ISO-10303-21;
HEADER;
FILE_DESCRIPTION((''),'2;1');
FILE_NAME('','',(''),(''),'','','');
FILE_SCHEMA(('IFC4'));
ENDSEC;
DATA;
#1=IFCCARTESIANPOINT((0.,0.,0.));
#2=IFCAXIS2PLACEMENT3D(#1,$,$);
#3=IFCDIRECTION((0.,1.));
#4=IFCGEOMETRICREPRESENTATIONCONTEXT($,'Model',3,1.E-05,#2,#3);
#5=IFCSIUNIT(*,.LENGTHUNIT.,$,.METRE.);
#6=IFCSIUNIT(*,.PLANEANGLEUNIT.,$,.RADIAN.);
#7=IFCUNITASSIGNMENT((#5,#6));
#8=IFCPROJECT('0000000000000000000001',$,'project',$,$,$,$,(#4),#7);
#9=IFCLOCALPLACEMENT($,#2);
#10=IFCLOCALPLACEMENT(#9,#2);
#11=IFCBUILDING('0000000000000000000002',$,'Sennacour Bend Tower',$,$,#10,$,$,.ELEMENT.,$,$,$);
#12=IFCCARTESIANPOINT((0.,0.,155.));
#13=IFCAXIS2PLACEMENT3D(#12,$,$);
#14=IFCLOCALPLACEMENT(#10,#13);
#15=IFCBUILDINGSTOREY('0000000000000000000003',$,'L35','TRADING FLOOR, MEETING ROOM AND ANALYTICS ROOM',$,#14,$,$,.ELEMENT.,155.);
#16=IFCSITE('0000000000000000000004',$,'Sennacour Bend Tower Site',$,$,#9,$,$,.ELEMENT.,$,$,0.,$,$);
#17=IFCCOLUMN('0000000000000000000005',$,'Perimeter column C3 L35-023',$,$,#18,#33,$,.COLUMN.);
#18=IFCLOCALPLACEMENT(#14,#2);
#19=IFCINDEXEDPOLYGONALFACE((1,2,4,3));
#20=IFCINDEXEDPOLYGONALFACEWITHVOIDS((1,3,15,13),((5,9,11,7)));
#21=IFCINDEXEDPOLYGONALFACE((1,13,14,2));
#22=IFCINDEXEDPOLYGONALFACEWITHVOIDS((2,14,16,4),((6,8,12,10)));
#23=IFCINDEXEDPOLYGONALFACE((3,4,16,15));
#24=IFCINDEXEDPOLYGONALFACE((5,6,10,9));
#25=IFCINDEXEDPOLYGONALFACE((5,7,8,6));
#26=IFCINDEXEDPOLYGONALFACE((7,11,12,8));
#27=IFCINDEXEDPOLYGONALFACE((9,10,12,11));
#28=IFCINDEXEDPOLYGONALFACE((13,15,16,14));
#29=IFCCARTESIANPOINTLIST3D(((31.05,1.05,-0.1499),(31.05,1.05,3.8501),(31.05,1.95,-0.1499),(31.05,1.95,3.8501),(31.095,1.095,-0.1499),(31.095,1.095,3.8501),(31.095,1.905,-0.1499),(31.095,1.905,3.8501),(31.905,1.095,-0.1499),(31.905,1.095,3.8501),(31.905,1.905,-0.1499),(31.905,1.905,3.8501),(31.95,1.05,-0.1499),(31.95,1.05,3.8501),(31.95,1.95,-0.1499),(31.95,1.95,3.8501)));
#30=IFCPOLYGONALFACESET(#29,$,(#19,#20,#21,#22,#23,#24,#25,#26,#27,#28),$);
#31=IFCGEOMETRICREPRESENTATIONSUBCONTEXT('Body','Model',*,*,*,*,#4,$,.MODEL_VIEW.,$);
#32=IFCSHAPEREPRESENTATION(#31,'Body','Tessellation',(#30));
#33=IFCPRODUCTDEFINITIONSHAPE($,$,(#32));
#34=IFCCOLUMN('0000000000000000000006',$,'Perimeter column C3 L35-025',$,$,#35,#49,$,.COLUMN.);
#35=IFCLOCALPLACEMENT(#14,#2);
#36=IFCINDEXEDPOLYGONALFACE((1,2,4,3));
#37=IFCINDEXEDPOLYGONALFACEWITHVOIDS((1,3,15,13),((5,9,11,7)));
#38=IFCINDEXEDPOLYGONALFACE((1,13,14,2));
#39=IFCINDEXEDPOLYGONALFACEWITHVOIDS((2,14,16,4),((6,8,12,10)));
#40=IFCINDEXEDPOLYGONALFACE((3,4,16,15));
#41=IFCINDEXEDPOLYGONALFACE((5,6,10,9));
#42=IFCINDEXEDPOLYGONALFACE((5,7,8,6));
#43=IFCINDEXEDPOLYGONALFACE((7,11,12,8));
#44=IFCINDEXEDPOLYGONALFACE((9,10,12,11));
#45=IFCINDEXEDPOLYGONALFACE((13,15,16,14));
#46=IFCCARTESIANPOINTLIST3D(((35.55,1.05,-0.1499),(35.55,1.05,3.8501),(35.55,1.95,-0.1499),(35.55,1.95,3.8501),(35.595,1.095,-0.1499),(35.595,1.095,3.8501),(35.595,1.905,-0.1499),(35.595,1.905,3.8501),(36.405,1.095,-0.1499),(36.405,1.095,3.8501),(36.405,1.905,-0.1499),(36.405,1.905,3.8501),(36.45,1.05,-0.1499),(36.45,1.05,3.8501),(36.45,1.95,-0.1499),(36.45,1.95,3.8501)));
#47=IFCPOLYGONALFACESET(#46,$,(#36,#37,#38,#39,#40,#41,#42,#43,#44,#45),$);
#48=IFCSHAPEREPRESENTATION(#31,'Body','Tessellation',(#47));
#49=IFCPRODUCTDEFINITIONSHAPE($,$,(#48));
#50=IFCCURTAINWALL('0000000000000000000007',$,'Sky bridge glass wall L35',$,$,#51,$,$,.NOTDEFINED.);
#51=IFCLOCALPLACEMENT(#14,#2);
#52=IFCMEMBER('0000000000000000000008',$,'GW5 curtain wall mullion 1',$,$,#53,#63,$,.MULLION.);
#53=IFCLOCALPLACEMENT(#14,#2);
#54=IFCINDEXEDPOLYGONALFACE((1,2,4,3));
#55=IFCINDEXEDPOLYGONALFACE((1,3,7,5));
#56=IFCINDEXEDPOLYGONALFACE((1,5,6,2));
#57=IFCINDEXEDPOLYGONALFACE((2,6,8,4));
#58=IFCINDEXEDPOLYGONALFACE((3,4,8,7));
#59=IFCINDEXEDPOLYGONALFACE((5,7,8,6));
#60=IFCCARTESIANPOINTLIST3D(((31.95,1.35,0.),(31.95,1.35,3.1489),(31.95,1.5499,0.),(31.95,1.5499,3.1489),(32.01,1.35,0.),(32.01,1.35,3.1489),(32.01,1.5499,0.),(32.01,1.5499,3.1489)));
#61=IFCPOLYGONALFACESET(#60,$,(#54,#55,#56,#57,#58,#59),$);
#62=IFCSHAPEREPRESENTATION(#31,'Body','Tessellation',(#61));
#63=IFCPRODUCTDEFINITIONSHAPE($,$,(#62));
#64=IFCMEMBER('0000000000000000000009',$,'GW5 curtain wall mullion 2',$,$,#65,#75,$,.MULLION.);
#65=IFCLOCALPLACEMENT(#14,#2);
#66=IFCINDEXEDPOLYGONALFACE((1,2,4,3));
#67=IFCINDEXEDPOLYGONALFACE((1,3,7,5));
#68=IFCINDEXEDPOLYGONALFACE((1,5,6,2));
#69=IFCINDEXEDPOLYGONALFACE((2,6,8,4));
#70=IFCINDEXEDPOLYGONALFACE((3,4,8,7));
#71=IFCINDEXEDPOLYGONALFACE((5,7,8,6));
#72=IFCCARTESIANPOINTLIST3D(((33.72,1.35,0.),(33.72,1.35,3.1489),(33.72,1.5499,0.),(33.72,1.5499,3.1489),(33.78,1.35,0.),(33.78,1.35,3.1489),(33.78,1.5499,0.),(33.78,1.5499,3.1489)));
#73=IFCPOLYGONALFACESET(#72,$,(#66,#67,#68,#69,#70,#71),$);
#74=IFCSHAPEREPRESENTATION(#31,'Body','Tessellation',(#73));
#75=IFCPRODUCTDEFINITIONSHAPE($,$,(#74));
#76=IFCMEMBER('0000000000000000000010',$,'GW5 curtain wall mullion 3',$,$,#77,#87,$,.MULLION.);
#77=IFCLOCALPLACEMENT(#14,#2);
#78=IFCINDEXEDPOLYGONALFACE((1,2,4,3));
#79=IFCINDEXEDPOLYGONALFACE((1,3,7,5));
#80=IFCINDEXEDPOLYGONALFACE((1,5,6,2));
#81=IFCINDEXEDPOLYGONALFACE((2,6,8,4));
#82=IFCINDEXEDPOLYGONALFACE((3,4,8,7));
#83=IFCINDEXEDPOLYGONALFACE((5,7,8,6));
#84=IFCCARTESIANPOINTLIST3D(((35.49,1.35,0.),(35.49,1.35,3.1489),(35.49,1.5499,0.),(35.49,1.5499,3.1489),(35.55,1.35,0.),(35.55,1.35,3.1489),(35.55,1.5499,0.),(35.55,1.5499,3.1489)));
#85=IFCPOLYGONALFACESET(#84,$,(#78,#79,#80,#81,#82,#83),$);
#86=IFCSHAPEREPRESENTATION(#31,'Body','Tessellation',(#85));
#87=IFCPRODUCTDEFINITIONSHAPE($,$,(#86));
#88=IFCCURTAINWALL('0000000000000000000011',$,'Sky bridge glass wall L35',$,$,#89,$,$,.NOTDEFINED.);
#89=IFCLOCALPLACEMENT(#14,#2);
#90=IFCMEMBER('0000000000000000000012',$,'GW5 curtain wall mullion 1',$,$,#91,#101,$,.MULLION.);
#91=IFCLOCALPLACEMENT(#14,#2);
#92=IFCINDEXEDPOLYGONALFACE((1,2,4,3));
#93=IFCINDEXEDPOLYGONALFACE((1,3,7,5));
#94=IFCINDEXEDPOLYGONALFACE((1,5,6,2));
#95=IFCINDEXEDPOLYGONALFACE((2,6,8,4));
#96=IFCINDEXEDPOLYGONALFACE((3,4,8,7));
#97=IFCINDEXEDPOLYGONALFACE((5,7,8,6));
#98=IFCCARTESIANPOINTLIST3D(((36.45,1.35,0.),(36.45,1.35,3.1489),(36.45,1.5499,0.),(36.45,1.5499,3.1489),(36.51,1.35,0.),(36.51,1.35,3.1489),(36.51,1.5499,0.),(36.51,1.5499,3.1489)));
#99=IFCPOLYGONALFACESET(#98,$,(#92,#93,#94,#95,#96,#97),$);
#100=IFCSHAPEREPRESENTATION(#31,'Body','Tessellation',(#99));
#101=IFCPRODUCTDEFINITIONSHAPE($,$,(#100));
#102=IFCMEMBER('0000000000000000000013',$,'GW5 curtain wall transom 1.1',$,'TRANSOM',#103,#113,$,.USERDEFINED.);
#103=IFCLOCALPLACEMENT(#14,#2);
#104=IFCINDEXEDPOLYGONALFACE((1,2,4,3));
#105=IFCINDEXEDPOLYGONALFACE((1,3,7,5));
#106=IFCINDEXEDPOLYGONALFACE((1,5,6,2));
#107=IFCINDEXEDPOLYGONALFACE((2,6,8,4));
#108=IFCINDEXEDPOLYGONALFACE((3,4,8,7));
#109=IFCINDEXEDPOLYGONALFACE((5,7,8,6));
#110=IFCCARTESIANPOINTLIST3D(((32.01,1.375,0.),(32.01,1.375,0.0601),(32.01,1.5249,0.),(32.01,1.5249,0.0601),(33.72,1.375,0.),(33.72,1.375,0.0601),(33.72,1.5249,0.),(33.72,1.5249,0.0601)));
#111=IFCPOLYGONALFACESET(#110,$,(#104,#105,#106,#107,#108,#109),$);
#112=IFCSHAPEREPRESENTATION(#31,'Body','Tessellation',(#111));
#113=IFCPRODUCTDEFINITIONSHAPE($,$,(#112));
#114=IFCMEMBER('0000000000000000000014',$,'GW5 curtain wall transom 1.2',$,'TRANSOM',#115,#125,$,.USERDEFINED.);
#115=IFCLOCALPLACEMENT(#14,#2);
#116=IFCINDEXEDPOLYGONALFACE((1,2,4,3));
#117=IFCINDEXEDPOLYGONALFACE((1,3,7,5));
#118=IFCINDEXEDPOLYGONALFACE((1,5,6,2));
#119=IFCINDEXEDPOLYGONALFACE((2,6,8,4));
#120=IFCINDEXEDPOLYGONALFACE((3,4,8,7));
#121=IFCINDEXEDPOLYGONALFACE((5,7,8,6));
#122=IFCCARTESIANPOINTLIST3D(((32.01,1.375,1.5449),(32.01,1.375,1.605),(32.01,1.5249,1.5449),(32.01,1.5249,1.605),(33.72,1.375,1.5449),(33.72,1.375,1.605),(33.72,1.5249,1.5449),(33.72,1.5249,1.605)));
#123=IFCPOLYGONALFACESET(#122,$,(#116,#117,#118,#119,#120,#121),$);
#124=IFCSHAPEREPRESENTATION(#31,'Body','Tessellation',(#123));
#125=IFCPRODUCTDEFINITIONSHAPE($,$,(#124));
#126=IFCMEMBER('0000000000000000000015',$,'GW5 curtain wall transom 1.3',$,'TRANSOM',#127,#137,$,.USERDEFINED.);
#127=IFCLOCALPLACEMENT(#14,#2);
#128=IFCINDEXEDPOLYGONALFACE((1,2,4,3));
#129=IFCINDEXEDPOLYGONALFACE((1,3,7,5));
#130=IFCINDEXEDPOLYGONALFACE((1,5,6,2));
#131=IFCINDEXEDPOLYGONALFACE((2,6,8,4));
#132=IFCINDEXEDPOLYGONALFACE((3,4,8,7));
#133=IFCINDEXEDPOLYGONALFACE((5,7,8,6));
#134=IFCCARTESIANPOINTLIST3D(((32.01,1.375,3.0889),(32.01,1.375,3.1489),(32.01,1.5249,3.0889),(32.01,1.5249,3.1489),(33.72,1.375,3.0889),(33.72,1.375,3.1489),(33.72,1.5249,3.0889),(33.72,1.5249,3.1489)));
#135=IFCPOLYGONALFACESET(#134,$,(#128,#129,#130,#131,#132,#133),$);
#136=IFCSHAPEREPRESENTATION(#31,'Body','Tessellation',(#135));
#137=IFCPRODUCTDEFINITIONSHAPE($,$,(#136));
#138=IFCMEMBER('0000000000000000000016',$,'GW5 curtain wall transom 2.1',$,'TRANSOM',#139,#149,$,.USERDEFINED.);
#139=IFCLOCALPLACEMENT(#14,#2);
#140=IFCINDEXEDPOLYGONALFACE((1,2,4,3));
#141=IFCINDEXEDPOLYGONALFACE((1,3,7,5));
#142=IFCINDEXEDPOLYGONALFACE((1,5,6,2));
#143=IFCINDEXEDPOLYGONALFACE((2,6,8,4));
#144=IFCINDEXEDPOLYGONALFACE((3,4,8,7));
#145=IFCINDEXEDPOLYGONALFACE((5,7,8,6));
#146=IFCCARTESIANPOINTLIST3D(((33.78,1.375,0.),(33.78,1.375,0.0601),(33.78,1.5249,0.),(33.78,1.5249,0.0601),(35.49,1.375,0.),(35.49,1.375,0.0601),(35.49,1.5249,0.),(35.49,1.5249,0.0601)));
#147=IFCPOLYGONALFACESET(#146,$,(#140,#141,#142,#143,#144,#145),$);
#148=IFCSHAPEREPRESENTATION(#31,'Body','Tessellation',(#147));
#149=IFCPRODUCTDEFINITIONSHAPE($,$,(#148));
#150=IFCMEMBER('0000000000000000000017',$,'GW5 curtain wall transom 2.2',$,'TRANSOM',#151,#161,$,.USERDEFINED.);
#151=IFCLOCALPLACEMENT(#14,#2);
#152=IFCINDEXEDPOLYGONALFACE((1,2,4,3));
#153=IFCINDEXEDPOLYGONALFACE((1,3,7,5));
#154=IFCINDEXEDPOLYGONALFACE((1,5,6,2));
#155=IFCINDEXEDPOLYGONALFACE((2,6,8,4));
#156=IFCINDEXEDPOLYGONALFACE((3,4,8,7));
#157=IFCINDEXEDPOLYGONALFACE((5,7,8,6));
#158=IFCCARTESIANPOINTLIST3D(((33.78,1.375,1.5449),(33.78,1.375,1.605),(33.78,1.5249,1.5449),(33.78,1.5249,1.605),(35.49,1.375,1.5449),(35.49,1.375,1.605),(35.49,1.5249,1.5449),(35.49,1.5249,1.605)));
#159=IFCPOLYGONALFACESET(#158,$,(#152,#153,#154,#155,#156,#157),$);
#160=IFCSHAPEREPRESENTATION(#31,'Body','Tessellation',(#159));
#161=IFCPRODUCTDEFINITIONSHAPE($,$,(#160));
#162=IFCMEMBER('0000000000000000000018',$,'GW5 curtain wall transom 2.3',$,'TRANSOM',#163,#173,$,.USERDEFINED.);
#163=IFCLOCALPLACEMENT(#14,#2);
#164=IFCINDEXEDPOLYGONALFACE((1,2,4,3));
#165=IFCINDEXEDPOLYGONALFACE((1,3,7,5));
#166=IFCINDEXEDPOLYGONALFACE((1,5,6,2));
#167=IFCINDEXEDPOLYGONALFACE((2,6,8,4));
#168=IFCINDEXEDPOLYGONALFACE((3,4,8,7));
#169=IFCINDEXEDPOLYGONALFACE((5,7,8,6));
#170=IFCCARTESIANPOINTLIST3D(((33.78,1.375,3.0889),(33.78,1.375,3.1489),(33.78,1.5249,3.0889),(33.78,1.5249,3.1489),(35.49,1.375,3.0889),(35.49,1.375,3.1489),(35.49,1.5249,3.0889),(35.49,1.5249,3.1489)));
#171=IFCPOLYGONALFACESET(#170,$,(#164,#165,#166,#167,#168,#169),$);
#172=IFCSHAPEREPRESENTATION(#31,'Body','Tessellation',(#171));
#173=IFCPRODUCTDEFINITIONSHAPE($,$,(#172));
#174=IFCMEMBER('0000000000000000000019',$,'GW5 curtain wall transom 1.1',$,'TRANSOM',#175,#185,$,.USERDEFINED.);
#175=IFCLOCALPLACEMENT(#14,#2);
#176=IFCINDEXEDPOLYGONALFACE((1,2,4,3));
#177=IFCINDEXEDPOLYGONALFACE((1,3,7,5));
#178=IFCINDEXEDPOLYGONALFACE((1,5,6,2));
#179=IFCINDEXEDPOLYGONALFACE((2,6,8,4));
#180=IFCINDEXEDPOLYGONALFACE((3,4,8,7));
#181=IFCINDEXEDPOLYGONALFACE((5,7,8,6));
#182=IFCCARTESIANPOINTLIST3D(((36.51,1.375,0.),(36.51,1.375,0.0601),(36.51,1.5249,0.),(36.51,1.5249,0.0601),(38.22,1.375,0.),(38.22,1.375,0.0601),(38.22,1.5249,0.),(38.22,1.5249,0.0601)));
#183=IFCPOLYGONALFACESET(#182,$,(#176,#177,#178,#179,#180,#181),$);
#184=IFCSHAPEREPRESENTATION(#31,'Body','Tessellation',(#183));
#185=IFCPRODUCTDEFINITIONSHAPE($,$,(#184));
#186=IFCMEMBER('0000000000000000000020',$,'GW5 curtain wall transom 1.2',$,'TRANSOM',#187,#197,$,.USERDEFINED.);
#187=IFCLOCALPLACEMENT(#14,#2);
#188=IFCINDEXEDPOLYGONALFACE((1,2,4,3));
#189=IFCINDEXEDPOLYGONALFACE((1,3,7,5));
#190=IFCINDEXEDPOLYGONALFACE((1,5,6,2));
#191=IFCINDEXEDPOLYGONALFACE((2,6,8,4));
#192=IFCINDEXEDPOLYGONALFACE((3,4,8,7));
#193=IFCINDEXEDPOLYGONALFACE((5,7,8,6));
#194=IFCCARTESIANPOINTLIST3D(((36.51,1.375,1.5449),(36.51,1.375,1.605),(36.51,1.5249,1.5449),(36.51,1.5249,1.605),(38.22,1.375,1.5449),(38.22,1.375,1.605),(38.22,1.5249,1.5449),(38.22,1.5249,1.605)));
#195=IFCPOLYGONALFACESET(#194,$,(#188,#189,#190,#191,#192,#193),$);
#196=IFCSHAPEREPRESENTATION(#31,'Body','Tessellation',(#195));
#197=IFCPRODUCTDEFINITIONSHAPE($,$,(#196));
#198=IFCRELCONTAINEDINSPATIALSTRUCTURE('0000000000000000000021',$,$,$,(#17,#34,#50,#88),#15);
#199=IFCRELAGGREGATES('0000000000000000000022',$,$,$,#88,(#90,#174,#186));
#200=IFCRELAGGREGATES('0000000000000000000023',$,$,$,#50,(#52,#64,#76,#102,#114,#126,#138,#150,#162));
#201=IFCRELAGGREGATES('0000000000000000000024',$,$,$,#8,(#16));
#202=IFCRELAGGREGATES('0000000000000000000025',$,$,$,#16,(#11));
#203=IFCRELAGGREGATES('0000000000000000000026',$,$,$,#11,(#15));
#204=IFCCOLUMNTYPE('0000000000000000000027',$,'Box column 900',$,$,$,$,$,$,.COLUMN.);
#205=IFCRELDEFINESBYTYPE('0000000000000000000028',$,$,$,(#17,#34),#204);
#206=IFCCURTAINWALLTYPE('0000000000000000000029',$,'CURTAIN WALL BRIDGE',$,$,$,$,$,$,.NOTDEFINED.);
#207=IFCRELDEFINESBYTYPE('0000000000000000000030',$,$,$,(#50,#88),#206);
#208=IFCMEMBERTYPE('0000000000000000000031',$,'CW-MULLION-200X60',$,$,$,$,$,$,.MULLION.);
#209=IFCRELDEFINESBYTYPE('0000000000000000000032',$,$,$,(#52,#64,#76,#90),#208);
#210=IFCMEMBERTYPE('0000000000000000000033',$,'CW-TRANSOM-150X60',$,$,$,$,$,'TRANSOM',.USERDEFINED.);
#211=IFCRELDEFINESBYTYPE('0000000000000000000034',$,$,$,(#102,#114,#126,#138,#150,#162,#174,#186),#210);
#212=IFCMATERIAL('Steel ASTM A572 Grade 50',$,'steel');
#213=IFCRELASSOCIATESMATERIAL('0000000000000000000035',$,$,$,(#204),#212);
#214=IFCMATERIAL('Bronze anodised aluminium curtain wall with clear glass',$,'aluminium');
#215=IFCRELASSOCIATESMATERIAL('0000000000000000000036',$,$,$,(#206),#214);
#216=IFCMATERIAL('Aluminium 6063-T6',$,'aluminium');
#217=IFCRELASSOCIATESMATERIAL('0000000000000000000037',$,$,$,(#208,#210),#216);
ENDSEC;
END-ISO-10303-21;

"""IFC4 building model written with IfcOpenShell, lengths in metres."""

from ifc_helpers import new_model, si_unit, direction, frame, origin, origin_2d, place, context, subcontext, project, spatial, rectangle, hollow_rectangle, extrude, material, material_profile, profile_set, type_object, element, aggregate, save


model = new_model("IFC4")

# Units and contexts
model_context = context("Model", 3, precision=1e-05, world=origin(), true_north=direction((0.0, 1.0)))
body_context = subcontext(model_context, "Body", "Model", "MODEL_VIEW")
ifc_project = project(units=[si_unit("LENGTHUNIT", "METRE"), si_unit("PLANEANGLEUNIT", "RADIAN")], contexts=[model_context])

# Site, building, storey
site_placement = place(None, origin())
site = spatial("IfcSite", under=ifc_project, at=site_placement, Name="Sennacour Bend Tower Site", CompositionType="ELEMENT", RefElevation=0.0)
building_placement = place(site_placement, origin())
building = spatial("IfcBuilding", under=site, at=building_placement, Name="Sennacour Bend Tower", CompositionType="ELEMENT")
storey_placement = place(building_placement, frame((0.0, 0.0, 155.0)))
storey = spatial("IfcBuildingStorey", under=building, at=storey_placement, Name="L35", Description="TRADING FLOOR, MEETING ROOM AND ANALYTICS ROOM", CompositionType="ELEMENT", Elevation=155.0)

# Columns
ifc_material_1 = material(Name="Steel ASTM A572 Grade 50", Category="steel")
ifc_material_profile_1 = material_profile(ifc_material_1, hollow_rectangle(XDim=0.8999, YDim=0.8999, WallThickness=0.0449, at=origin_2d()), Name="Steel ASTM A572 Grade 50", Category="steel")
ifc_profile_set_1 = profile_set([ifc_material_profile_1], Name="Steel ASTM A572 Grade 50")
column_type = type_object("IfcColumnType", Name="Box column 900", PredefinedType="COLUMN", material=ifc_profile_set_1)
for number, where, z_axis, x_axis, name in (
    (1, (31.5, 1.5, -0.1499), (0.0, 0.0, 1.0), (1.0, 0.0, 0.0), "Perimeter column C3 L35-023"),
    (2, (36.0, 1.5, -0.1499), (0.0, 0.0, 1.0), (1.0, 0.0, 0.0), "Perimeter column C3 L35-025"),
):
    element("IfcColumn", number, at=place(storey_placement, frame(where, z_axis=z_axis, x_axis=x_axis)), inside=storey, type_object=column_type, Name=name, PredefinedType="COLUMN", context=body_context, shape_type="SweptSolid", body=[
        extrude(hollow_rectangle(XDim=0.8999, YDim=0.8999, WallThickness=0.0449, at=origin_2d()), origin(), (0.0, 0.0, 1.0), 4.0),
    ])

# Curtain wall, members
ifc_material_2 = material(Name="Bronze anodised aluminium curtain wall with clear glass", Category="aluminium")
curtain_wall_type = type_object("IfcCurtainWallType", Name="CURTAIN WALL BRIDGE", PredefinedType="NOTDEFINED", material=ifc_material_2)
curtain_wall_1_placement = place(storey_placement, origin())
curtain_wall_1 = element("IfcCurtainWall", 3, at=curtain_wall_1_placement, inside=storey, type_object=curtain_wall_type, Name="Sky bridge glass wall L35", PredefinedType="NOTDEFINED")
ifc_material_3 = material(Name="Aluminium 6063-T6", Category="aluminium")
ifc_material_profile_2 = material_profile(ifc_material_3, rectangle(XDim=0.2, YDim=0.0601, at=origin_2d()), Name="Aluminium 6063-T6", Category="aluminium")
ifc_profile_set_2 = profile_set([ifc_material_profile_2], Name="Aluminium 6063-T6")
member_type_1 = type_object("IfcMemberType", Name="CW-MULLION-200X60", PredefinedType="MULLION", material=ifc_profile_set_2)
member_1_placement = place(storey_placement, frame((31.98, 1.45, 0.0), z_axis=(0.0, 0.0, 1.0), x_axis=(0.0, 1.0, 0.0)))
member_1 = element("IfcMember", 4, at=member_1_placement, type_object=member_type_1, Name="GW5 curtain wall mullion 1", PredefinedType="MULLION", context=body_context, shape_type="SweptSolid", body=[
    extrude(rectangle(XDim=0.2, YDim=0.0601, at=origin_2d()), origin(), (0.0, 0.0, 1.0), 3.1489),
])
member_2_placement = place(storey_placement, frame((33.75, 1.45, 0.0), z_axis=(0.0, 0.0, 1.0), x_axis=(0.0, 1.0, 0.0)))
member_2 = element("IfcMember", 5, at=member_2_placement, type_object=member_type_1, Name="GW5 curtain wall mullion 2", PredefinedType="MULLION", context=body_context, shape_type="SweptSolid", body=[
    extrude(rectangle(XDim=0.2, YDim=0.0601, at=origin_2d()), origin(), (0.0, 0.0, 1.0), 3.1489),
])
member_3_placement = place(storey_placement, frame((35.52, 1.45, 0.0), z_axis=(0.0, 0.0, 1.0), x_axis=(0.0, 1.0, 0.0)))
member_3 = element("IfcMember", 6, at=member_3_placement, type_object=member_type_1, Name="GW5 curtain wall mullion 3", PredefinedType="MULLION", context=body_context, shape_type="SweptSolid", body=[
    extrude(rectangle(XDim=0.2, YDim=0.0601, at=origin_2d()), origin(), (0.0, 0.0, 1.0), 3.1489),
])

# Curtain wall, member
curtain_wall_2_placement = place(storey_placement, origin())
curtain_wall_2 = element("IfcCurtainWall", 7, at=curtain_wall_2_placement, inside=storey, type_object=curtain_wall_type, Name="Sky bridge glass wall L35", PredefinedType="NOTDEFINED")
member_4_placement = place(storey_placement, frame((36.48, 1.45, 0.0), z_axis=(0.0, 0.0, 1.0), x_axis=(0.0, 1.0, 0.0)))
member_4 = element("IfcMember", 8, at=member_4_placement, type_object=member_type_1, Name="GW5 curtain wall mullion 1", PredefinedType="MULLION", context=body_context, shape_type="SweptSolid", body=[
    extrude(rectangle(XDim=0.2, YDim=0.0601, at=origin_2d()), origin(), (0.0, 0.0, 1.0), 3.1489),
])

# Members
ifc_material_profile_3 = material_profile(ifc_material_3, rectangle(XDim=0.1499, YDim=0.0601, at=origin_2d()), Name="Aluminium 6063-T6", Category="aluminium")
ifc_profile_set_3 = profile_set([ifc_material_profile_3], Name="Aluminium 6063-T6")
member_type_2 = type_object("IfcMemberType", Name="CW-TRANSOM-150X60", ElementType="TRANSOM", PredefinedType="USERDEFINED", material=ifc_profile_set_3)
member_5_placement = place(storey_placement, frame((32.01, 1.45, 0.03), z_axis=(1.0, 0.0, 0.0), x_axis=(0.0, 1.0, 0.0)))
member_5 = element("IfcMember", 9, at=member_5_placement, type_object=member_type_2, Name="GW5 curtain wall transom 1.1", ObjectType="TRANSOM", PredefinedType="USERDEFINED", context=body_context, shape_type="SweptSolid", body=[
    extrude(rectangle(XDim=0.1499, YDim=0.0601, at=origin_2d()), origin(), (0.0, 0.0, 1.0), 1.71),
])
member_6_placement = place(storey_placement, frame((32.01, 1.45, 1.575), z_axis=(1.0, 0.0, 0.0), x_axis=(0.0, 1.0, 0.0)))
member_6 = element("IfcMember", 10, at=member_6_placement, type_object=member_type_2, Name="GW5 curtain wall transom 1.2", ObjectType="TRANSOM", PredefinedType="USERDEFINED", context=body_context, shape_type="SweptSolid", body=[
    extrude(rectangle(XDim=0.1499, YDim=0.0601, at=origin_2d()), origin(), (0.0, 0.0, 1.0), 1.71),
])
member_7_placement = place(storey_placement, frame((32.01, 1.45, 3.1189), z_axis=(1.0, 0.0, 0.0), x_axis=(0.0, 1.0, 0.0)))
member_7 = element("IfcMember", 11, at=member_7_placement, type_object=member_type_2, Name="GW5 curtain wall transom 1.3", ObjectType="TRANSOM", PredefinedType="USERDEFINED", context=body_context, shape_type="SweptSolid", body=[
    extrude(rectangle(XDim=0.1499, YDim=0.0601, at=origin_2d()), origin(), (0.0, 0.0, 1.0), 1.71),
])
member_8_placement = place(storey_placement, frame((33.78, 1.45, 0.03), z_axis=(1.0, 0.0, 0.0), x_axis=(0.0, 1.0, 0.0)))
member_8 = element("IfcMember", 12, at=member_8_placement, type_object=member_type_2, Name="GW5 curtain wall transom 2.1", ObjectType="TRANSOM", PredefinedType="USERDEFINED", context=body_context, shape_type="SweptSolid", body=[
    extrude(rectangle(XDim=0.1499, YDim=0.0601, at=origin_2d()), origin(), (0.0, 0.0, 1.0), 1.71),
])
member_9_placement = place(storey_placement, frame((33.78, 1.45, 1.575), z_axis=(1.0, 0.0, 0.0), x_axis=(0.0, 1.0, 0.0)))
member_9 = element("IfcMember", 13, at=member_9_placement, type_object=member_type_2, Name="GW5 curtain wall transom 2.2", ObjectType="TRANSOM", PredefinedType="USERDEFINED", context=body_context, shape_type="SweptSolid", body=[
    extrude(rectangle(XDim=0.1499, YDim=0.0601, at=origin_2d()), origin(), (0.0, 0.0, 1.0), 1.71),
])
member_10_placement = place(storey_placement, frame((33.78, 1.45, 3.1189), z_axis=(1.0, 0.0, 0.0), x_axis=(0.0, 1.0, 0.0)))
member_10 = element("IfcMember", 14, at=member_10_placement, type_object=member_type_2, Name="GW5 curtain wall transom 2.3", ObjectType="TRANSOM", PredefinedType="USERDEFINED", context=body_context, shape_type="SweptSolid", body=[
    extrude(rectangle(XDim=0.1499, YDim=0.0601, at=origin_2d()), origin(), (0.0, 0.0, 1.0), 1.71),
])
member_11_placement = place(storey_placement, frame((36.51, 1.45, 0.03), z_axis=(1.0, 0.0, 0.0), x_axis=(0.0, 1.0, 0.0)))
member_11 = element("IfcMember", 15, at=member_11_placement, type_object=member_type_2, Name="GW5 curtain wall transom 1.1", ObjectType="TRANSOM", PredefinedType="USERDEFINED", context=body_context, shape_type="SweptSolid", body=[
    extrude(rectangle(XDim=0.1499, YDim=0.0601, at=origin_2d()), origin(), (0.0, 0.0, 1.0), 1.71),
])
member_12_placement = place(storey_placement, frame((36.51, 1.45, 1.575), z_axis=(1.0, 0.0, 0.0), x_axis=(0.0, 1.0, 0.0)))
member_12 = element("IfcMember", 16, at=member_12_placement, type_object=member_type_2, Name="GW5 curtain wall transom 1.2", ObjectType="TRANSOM", PredefinedType="USERDEFINED", context=body_context, shape_type="SweptSolid", body=[
    extrude(rectangle(XDim=0.1499, YDim=0.0601, at=origin_2d()), origin(), (0.0, 0.0, 1.0), 1.71),
])
aggregate(curtain_wall_2, [member_4, member_11, member_12])

aggregate(curtain_wall_1, [member_1, member_2, member_3, member_5, member_6, member_7, member_8, member_9, member_10])

save(model, "model.ifc")
